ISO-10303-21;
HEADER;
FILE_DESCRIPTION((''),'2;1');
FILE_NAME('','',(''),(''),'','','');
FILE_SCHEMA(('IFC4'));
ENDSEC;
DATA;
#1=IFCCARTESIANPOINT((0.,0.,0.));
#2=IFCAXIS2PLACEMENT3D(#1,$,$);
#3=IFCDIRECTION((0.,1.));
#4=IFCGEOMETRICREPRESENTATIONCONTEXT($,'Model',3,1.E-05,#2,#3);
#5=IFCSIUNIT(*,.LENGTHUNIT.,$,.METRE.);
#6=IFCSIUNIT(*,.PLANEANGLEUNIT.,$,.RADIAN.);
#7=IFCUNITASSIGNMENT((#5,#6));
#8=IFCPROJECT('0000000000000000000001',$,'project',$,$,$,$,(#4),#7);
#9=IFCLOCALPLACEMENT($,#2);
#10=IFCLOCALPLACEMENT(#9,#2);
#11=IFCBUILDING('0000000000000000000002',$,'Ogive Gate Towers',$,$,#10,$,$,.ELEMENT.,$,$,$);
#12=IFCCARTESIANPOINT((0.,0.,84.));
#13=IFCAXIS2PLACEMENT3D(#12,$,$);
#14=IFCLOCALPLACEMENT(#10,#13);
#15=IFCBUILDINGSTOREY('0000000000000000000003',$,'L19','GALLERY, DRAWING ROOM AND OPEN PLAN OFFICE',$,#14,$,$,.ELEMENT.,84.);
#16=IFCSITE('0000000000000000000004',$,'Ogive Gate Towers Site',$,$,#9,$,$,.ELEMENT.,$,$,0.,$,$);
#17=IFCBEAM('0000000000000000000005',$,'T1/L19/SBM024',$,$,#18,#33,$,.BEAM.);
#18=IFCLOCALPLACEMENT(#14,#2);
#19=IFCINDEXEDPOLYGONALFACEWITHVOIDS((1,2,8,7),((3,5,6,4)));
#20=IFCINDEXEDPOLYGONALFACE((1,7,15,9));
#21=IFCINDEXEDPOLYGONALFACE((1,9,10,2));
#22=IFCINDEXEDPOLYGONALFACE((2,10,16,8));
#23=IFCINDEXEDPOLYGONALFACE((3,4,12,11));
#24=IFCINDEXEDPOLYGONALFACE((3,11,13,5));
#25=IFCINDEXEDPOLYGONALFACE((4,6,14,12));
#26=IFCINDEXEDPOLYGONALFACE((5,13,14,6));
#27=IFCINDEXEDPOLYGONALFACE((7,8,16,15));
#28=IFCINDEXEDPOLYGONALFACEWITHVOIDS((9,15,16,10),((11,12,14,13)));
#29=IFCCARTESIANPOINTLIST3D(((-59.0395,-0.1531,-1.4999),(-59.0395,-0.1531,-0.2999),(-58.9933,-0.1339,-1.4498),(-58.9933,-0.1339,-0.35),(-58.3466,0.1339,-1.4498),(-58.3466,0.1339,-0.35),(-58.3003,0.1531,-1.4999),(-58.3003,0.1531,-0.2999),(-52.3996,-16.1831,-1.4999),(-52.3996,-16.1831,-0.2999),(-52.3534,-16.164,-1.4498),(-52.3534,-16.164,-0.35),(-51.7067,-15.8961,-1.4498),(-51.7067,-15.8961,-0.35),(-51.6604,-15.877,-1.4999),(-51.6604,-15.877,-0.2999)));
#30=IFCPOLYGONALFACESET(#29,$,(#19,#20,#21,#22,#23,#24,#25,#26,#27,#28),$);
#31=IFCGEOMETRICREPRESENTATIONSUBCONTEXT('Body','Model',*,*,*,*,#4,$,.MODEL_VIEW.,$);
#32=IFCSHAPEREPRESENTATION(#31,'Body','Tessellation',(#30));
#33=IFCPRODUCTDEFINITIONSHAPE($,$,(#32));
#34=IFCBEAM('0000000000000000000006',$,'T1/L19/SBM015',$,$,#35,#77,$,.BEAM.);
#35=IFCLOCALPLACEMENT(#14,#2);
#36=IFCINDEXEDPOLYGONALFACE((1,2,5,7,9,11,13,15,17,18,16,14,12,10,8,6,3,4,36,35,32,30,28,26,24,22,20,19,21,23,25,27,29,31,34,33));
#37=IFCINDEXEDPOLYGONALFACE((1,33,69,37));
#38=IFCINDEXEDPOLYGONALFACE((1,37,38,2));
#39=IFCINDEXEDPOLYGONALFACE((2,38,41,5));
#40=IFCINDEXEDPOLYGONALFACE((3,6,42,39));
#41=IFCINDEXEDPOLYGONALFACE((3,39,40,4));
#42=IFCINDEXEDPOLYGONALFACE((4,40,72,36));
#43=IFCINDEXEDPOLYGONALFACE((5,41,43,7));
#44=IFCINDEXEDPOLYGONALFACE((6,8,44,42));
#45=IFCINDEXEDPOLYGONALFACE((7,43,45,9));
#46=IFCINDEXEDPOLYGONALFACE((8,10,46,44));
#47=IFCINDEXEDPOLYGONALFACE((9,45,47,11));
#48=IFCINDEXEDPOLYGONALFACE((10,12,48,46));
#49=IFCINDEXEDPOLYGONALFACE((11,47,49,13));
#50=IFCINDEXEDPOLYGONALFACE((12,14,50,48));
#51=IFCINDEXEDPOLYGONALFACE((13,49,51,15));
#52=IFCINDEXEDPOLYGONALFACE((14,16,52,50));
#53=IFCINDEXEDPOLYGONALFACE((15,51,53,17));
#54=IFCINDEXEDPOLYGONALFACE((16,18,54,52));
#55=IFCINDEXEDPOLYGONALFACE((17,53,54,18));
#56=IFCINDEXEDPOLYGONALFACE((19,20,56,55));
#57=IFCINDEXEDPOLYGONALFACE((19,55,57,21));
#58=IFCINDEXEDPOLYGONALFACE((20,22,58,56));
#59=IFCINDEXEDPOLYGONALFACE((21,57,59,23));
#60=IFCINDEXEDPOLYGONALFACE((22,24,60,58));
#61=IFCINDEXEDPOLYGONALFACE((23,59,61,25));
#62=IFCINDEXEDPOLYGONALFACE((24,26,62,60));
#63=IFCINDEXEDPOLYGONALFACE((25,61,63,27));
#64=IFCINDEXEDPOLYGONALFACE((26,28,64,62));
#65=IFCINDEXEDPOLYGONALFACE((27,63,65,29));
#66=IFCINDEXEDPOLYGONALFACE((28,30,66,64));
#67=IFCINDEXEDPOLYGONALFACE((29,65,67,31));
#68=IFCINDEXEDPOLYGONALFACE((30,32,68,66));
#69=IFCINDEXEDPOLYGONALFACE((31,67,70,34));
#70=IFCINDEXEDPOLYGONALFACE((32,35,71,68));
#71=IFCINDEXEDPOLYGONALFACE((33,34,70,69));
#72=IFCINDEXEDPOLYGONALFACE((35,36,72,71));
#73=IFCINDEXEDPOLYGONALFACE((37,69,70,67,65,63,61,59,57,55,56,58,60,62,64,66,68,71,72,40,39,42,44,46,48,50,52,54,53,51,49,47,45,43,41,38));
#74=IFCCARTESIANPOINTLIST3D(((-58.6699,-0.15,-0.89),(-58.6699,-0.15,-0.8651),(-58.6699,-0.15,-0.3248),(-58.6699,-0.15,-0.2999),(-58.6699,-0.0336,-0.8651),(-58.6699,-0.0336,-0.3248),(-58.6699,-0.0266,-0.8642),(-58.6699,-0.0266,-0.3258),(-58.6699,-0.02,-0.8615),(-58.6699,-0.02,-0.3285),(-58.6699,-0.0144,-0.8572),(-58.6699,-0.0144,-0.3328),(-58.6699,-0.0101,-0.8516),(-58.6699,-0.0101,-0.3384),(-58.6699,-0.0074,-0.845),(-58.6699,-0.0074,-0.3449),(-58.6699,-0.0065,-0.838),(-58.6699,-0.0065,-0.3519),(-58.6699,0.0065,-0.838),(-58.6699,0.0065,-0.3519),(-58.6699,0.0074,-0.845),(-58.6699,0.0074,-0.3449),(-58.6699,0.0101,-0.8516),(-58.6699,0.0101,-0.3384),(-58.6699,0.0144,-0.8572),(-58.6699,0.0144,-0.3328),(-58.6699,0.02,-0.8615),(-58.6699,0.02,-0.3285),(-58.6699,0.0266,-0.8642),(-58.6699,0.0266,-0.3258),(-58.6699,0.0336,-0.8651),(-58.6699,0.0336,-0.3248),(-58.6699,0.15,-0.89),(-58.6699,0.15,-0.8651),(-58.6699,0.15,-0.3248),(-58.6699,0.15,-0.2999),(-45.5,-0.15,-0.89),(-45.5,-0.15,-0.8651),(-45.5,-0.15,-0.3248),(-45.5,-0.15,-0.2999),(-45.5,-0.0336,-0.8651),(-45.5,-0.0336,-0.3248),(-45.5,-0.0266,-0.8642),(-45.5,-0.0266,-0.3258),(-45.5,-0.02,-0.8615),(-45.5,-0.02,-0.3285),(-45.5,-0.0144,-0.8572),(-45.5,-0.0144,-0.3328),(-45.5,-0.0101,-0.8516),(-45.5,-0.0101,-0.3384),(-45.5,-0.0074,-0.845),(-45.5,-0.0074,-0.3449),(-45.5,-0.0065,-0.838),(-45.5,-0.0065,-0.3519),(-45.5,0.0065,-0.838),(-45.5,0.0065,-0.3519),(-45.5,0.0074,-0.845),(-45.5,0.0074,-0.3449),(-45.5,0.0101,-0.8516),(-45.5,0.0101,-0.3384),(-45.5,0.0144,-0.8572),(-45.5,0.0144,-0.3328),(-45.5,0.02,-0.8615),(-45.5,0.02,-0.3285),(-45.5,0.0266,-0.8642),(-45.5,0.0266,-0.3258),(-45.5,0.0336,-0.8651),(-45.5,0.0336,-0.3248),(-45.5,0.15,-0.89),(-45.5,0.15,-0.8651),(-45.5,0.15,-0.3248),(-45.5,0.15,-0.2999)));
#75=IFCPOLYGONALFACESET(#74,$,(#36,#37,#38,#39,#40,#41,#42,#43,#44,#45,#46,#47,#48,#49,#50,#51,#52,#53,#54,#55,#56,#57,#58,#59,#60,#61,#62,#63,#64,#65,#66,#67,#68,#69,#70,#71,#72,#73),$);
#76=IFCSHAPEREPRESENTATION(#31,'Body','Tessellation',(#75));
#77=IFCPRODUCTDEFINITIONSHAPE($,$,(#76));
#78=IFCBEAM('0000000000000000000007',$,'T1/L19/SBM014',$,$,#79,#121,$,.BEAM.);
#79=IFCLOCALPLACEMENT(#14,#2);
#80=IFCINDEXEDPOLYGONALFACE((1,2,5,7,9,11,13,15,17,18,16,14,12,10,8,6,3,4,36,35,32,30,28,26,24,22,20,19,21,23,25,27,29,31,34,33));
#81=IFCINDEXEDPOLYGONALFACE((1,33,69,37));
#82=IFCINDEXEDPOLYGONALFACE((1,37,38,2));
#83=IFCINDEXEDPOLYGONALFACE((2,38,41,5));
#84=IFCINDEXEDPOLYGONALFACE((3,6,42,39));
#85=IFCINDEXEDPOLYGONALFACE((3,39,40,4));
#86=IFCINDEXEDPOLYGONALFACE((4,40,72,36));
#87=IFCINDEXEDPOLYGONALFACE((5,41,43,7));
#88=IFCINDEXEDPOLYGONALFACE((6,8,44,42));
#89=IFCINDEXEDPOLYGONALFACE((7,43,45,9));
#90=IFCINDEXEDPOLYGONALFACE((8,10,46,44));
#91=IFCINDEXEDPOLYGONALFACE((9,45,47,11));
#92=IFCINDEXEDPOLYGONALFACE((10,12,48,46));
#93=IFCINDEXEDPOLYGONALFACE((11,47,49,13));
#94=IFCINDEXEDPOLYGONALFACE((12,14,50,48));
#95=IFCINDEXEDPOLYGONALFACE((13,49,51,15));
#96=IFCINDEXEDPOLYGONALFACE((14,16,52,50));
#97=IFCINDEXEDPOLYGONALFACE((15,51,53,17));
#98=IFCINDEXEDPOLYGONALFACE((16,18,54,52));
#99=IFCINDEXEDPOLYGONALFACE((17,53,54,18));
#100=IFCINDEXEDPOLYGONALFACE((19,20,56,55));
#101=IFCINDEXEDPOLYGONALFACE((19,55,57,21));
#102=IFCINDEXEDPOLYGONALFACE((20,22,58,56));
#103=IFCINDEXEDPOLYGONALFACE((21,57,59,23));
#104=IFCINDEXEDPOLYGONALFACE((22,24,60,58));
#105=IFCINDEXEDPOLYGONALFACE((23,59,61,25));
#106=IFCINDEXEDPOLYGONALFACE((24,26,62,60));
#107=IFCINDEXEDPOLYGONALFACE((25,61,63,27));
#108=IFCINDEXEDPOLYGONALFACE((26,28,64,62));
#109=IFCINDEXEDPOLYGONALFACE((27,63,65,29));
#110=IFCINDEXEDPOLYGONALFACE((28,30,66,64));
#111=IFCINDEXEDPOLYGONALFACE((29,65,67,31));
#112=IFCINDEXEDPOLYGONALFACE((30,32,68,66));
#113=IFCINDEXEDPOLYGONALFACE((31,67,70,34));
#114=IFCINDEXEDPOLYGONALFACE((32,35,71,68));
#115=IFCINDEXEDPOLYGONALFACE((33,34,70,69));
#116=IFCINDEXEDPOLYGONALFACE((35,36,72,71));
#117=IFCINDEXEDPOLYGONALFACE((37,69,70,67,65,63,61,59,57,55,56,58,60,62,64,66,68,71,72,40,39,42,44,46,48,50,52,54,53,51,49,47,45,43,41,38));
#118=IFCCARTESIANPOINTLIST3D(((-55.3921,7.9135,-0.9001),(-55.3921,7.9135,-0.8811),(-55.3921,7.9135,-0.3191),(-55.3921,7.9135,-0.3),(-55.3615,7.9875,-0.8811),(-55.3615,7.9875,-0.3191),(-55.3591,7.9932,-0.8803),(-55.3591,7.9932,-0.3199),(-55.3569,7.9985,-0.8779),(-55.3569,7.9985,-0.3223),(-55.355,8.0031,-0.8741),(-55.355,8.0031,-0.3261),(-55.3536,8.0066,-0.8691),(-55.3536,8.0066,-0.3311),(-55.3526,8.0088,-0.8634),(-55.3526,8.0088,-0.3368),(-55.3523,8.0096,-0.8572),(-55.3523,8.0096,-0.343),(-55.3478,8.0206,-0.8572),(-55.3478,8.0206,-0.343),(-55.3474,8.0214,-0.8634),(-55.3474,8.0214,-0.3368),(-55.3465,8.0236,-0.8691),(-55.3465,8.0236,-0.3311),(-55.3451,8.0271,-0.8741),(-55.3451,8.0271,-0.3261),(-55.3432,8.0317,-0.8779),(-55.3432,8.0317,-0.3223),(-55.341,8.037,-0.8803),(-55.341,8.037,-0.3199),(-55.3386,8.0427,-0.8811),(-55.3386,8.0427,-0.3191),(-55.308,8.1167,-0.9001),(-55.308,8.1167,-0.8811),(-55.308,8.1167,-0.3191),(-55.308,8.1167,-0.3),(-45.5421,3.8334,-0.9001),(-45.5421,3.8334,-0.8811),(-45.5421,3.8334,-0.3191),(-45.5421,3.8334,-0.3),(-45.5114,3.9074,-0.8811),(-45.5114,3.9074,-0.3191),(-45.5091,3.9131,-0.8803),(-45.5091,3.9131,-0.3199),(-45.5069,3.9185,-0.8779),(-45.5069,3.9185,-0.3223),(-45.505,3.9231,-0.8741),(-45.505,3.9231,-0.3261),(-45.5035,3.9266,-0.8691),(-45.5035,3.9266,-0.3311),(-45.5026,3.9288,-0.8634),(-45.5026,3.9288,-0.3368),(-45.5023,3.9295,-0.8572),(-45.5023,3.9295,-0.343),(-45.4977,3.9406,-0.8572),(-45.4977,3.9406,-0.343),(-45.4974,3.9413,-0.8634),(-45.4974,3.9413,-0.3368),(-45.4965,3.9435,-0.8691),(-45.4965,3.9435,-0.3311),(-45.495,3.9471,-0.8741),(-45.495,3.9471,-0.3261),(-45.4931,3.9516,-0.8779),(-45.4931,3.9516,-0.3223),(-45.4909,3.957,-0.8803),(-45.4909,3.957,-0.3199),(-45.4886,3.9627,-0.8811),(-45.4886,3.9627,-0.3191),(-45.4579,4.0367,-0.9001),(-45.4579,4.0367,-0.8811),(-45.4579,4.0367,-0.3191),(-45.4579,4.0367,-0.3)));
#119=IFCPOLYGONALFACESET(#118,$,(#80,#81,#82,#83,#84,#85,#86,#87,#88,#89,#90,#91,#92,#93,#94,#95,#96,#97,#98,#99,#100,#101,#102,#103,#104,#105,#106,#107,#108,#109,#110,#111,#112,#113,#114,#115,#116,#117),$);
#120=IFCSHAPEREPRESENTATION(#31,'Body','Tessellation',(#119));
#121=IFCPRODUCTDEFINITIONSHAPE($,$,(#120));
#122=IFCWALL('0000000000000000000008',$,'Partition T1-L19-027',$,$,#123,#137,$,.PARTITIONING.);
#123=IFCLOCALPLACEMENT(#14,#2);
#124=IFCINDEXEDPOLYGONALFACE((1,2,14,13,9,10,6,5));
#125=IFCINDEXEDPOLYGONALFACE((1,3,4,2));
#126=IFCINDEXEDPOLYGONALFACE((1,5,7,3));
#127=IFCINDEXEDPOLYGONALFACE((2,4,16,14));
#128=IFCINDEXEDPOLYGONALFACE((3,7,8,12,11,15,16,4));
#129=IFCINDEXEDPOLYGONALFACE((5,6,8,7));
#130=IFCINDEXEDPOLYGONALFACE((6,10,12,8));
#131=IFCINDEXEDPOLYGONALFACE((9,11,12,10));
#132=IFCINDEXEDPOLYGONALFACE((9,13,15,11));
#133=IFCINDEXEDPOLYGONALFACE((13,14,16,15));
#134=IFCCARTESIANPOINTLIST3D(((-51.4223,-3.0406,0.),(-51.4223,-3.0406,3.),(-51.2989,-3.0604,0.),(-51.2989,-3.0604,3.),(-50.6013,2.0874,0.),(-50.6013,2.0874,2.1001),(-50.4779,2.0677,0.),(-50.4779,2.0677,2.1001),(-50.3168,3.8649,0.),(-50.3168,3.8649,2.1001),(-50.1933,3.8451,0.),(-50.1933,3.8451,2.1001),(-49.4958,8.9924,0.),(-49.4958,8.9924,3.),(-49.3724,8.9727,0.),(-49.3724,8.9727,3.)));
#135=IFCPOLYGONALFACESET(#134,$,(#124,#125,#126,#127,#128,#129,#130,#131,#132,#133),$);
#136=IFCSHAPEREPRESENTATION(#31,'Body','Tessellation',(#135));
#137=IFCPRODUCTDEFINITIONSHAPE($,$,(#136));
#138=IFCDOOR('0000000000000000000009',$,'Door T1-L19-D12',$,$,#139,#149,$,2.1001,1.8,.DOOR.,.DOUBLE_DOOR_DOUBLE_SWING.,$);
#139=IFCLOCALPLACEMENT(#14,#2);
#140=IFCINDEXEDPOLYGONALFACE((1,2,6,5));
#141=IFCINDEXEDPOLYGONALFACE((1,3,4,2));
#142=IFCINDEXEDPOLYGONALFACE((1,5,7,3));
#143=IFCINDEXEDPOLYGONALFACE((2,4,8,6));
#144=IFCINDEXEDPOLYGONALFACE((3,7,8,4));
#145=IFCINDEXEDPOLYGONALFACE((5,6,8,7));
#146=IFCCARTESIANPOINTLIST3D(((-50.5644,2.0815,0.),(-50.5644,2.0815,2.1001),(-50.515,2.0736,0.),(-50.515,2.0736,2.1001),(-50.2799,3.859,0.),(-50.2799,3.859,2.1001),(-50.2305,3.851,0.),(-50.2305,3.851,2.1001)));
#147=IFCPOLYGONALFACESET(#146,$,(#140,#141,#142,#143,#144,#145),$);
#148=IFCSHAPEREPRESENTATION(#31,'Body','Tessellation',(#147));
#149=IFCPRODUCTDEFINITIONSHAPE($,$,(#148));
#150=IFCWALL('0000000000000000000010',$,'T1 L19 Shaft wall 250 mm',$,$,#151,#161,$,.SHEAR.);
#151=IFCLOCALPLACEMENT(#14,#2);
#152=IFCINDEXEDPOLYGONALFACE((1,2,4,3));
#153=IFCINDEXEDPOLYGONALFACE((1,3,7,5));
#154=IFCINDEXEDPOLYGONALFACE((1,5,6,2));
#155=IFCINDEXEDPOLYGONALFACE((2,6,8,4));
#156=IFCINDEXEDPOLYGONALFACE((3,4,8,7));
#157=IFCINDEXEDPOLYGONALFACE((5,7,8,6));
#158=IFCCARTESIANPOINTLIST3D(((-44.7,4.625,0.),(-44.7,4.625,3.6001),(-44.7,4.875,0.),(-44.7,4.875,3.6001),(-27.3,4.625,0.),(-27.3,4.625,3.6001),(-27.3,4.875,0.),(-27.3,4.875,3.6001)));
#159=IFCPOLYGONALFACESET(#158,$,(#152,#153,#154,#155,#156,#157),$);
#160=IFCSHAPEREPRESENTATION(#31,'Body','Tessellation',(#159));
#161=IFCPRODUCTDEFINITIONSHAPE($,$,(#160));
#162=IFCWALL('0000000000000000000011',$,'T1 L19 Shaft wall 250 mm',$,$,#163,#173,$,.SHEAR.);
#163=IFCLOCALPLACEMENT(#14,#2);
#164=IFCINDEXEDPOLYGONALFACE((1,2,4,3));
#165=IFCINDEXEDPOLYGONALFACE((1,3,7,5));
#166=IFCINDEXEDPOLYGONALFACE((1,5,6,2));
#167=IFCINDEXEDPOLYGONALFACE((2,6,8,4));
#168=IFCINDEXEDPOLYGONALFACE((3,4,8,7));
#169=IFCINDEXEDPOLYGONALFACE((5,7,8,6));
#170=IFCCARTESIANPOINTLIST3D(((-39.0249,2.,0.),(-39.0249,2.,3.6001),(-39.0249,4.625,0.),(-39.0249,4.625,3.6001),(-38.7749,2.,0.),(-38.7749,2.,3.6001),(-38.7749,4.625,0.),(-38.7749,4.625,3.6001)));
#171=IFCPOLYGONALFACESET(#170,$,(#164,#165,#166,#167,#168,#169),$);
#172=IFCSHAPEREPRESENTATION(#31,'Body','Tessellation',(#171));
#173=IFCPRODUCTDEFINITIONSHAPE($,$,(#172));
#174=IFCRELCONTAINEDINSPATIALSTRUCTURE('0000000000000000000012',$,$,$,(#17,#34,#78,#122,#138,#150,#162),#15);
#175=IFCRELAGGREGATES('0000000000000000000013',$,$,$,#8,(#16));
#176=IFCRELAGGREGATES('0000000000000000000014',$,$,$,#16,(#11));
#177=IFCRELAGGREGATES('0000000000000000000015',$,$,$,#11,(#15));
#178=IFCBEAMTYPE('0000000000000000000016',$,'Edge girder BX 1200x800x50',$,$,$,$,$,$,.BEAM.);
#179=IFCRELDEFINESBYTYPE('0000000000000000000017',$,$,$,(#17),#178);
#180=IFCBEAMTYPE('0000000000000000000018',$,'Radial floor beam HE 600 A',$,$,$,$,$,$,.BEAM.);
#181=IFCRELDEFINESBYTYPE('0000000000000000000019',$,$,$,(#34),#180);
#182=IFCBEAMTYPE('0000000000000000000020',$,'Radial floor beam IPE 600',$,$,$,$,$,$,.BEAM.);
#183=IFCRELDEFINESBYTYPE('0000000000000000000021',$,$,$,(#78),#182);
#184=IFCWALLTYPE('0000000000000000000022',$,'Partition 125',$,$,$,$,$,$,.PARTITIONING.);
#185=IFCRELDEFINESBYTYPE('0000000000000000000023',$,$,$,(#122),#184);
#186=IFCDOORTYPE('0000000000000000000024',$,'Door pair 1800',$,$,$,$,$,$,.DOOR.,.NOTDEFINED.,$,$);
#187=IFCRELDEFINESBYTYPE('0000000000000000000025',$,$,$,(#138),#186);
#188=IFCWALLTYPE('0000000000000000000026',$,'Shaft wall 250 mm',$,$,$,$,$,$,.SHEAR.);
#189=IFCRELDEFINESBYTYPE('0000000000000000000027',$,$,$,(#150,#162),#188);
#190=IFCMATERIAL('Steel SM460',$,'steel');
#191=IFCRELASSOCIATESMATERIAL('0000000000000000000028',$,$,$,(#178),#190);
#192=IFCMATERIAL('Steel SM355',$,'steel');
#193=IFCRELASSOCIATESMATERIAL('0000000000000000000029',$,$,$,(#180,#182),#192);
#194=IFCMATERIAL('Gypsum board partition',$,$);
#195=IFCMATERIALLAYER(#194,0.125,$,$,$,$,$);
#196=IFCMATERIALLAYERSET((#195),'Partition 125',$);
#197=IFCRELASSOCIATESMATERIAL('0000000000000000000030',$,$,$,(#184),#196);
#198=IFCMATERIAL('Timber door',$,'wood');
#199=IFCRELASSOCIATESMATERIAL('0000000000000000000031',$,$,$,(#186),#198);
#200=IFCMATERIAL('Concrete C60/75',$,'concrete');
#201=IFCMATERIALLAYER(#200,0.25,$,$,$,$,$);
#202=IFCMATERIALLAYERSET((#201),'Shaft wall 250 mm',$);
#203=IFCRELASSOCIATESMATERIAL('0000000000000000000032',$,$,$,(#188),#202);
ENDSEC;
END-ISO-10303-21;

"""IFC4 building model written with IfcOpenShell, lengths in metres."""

from ifc_helpers import new_model, si_unit, direction, frame, frame_2d, origin, origin_2d, place, context, subcontext, project, spatial, rectangle, hollow_rectangle, i_section, extrude, material, layer, layer_set, material_profile, profile_set, type_object, element, fill, save


model = new_model("IFC4")

# Units and contexts
model_context = context("Model", 3, precision=1e-05, world=origin(), true_north=direction((0.0, 1.0)))
body_context = subcontext(model_context, "Body", "Model", "MODEL_VIEW")
ifc_project = project(units=[si_unit("LENGTHUNIT", "METRE"), si_unit("PLANEANGLEUNIT", "RADIAN")], contexts=[model_context])

# Site, building, storey
site_placement = place(None, origin())
site = spatial("IfcSite", under=ifc_project, at=site_placement, Name="Ogive Gate Towers Site", CompositionType="ELEMENT", RefElevation=0.0)
building_placement = place(site_placement, origin())
building = spatial("IfcBuilding", under=site, at=building_placement, Name="Ogive Gate Towers", CompositionType="ELEMENT")
storey_placement = place(building_placement, frame((0.0, 0.0, 84.0)))
storey = spatial("IfcBuildingStorey", under=building, at=storey_placement, Name="L19", Description="GALLERY, DRAWING ROOM AND OPEN PLAN OFFICE", CompositionType="ELEMENT", Elevation=84.0)

# Beams
ifc_material_1 = material(Name="Steel SM460", Category="steel")
ifc_material_profile_1 = material_profile(ifc_material_1, hollow_rectangle(XDim=0.8, YDim=1.2, WallThickness=0.05, at=origin_2d()), Name="BX 1200x800x50")
ifc_profile_set_1 = profile_set([ifc_material_profile_1], Name="Steel SM460")
beam_type_1 = type_object("IfcBeamType", Name="Edge girder BX 1200x800x50", PredefinedType="BEAM", material=ifc_profile_set_1)
beam_1_placement = place(storey_placement, frame((-58.6699, 0.0, -0.8999), z_axis=(0.382685, -0.923879, 0.0), x_axis=(0.923879, 0.382685, 0.0)))
element("IfcBeam", 1, at=beam_1_placement, inside=storey, type_object=beam_type_1, Name="T1/L19/SBM024", PredefinedType="BEAM", context=body_context, shape_type="SweptSolid", body=[
    extrude(hollow_rectangle(XDim=0.8, YDim=1.2, WallThickness=0.05, at=origin_2d()), origin(), (0.0, 0.0, 1.0), 17.3508),
])
ifc_material_2 = material(Name="Steel SM355", Category="steel")
ifc_material_profile_2 = material_profile(ifc_material_2, i_section(OverallWidth=0.3, OverallDepth=0.5901, WebThickness=0.0129, FlangeThickness=0.0249, FilletRadius=0.0271, at=origin_2d()), Name="HE 600 A")
ifc_profile_set_2 = profile_set([ifc_material_profile_2], Name="Steel SM355")
beam_type_2 = type_object("IfcBeamType", Name="Radial floor beam HE 600 A", PredefinedType="BEAM", material=ifc_profile_set_2)
beam_2_placement = place(storey_placement, frame((-45.5, 0.0, -0.595), z_axis=(-1.0, 0.0, 0.0), x_axis=(0.0, -1.0, 0.0)))
element("IfcBeam", 2, at=beam_2_placement, inside=storey, type_object=beam_type_2, Name="T1/L19/SBM015", PredefinedType="BEAM", context=body_context, shape_type="SweptSolid", body=[
    extrude(i_section(OverallWidth=0.3, OverallDepth=0.5901, WebThickness=0.0129, FlangeThickness=0.0249, FilletRadius=0.0271, at=origin_2d()), origin(), (0.0, 0.0, 1.0), 13.1699),
])
ifc_material_profile_3 = material_profile(ifc_material_2, i_section(OverallWidth=0.22, OverallDepth=0.6001, WebThickness=0.012, FlangeThickness=0.019, FilletRadius=0.0239, at=origin_2d()), Name="IPE 600")
ifc_profile_set_3 = profile_set([ifc_material_profile_3], Name="Steel SM355")
beam_type_3 = type_object("IfcBeamType", Name="Radial floor beam IPE 600", PredefinedType="BEAM", material=ifc_profile_set_3)
beam_3_placement = place(storey_placement, frame((-45.5, 3.9351, -0.6001), z_axis=(-0.923878, 0.382686, 0.0), x_axis=(-0.382686, -0.923878, 0.0)))
element("IfcBeam", 3, at=beam_3_placement, inside=storey, type_object=beam_type_3, Name="T1/L19/SBM014", PredefinedType="BEAM", context=body_context, shape_type="SweptSolid", body=[
    extrude(i_section(OverallWidth=0.22, OverallDepth=0.6001, WebThickness=0.012, FlangeThickness=0.019, FilletRadius=0.0239, at=origin_2d()), origin(), (0.0, 0.0, 1.0), 10.6616),
])

# Wall, opening, door
ifc_material_3 = material(Name="Gypsum board partition")
ifc_layer_1 = layer(ifc_material_3, 0.125)
ifc_layer_set_1 = layer_set([ifc_layer_1], Name="Partition 125")
wall_type_1 = type_object("IfcWallType", Name="Partition 125", PredefinedType="PARTITIONING", material=ifc_layer_set_1)
wall_1_placement = place(storey_placement, frame((-49.4341, 8.9827, 0.0), z_axis=(0.0, 0.0, 1.0), x_axis=(-0.15809, -0.987425, 0.0)))
wall_1 = element("IfcWall", 4, at=wall_1_placement, inside=storey, type_object=wall_type_1, Name="Partition T1-L19-027", PredefinedType="PARTITIONING", context=body_context, shape_type="SweptSolid", body=[
    extrude(rectangle(XDim=12.1863, YDim=0.125, at=frame_2d((6.0933, 0.0))), origin(), (0.0, 0.0, 1.0), 3.0),
])
opening_1_placement = place(wall_1_placement, frame((5.1931, 0.0, 0.0)))
opening_1 = element("IfcOpeningElement", 5, at=opening_1_placement, cuts=wall_1, PredefinedType="OPENING", context=body_context, shape_type="SweptSolid", body=[
    extrude(rectangle(XDim=1.8, YDim=2.1001, at=frame_2d((0.8999, 1.05))), frame((0.0, 0.0725, 0.0), z_axis=(0.0, -1.0, 0.0), x_axis=(1.0, 0.0, 0.0)), (0.0, 0.0, 1.0), 0.145),
])
ifc_material_4 = material(Name="Timber door", Category="wood")
door_type_1 = type_object("IfcDoorType", Name="Door pair 1800", OperationType="NOTDEFINED", PredefinedType="DOOR", material=ifc_material_4)
door_1_placement = place(opening_1_placement, origin())
door_1 = element("IfcDoor", 6, at=door_1_placement, inside=storey, type_object=door_type_1, Name="Door T1-L19-D12", OperationType="DOUBLE_DOOR_DOUBLE_SWING", OverallHeight=2.1001, OverallWidth=1.8, PredefinedType="DOOR", context=body_context, shape_type="SweptSolid", body=[
    extrude(rectangle(XDim=1.8, YDim=2.1001, at=frame_2d((0.8999, 1.05))), frame((0.0, 0.0249, 0.0), z_axis=(0.0, -1.0, 0.0), x_axis=(1.0, 0.0, 0.0)), (0.0, 0.0, 1.0), 0.05),
])
fill(opening_1, door_1)

# Walls
ifc_material_5 = material(Name="Concrete C60/75", Category="concrete")
ifc_layer_2 = layer(ifc_material_5, 0.25)
ifc_layer_set_2 = layer_set([ifc_layer_2], Name="Shaft wall 250 mm")
wall_type_2 = type_object("IfcWallType", Name="Shaft wall 250 mm", PredefinedType="SHEAR", material=ifc_layer_set_2)
wall_2_placement = place(storey_placement, frame((-44.7, 4.75, 0.0), z_axis=(0.0, 0.0, 1.0), x_axis=(1.0, 0.0, 0.0)))
element("IfcWall", 7, at=wall_2_placement, inside=storey, type_object=wall_type_2, Name="T1 L19 Shaft wall 250 mm", PredefinedType="SHEAR", context=body_context, shape_type="SweptSolid", body=[
    extrude(rectangle(XDim=17.3999, YDim=0.25, at=frame_2d((8.7, 0.0))), origin(), (0.0, 0.0, 1.0), 3.6001),
])
wall_3_placement = place(storey_placement, frame((-38.8999, 2.0, 0.0), z_axis=(0.0, 0.0, 1.0), x_axis=(0.0, 1.0, 0.0)))
element("IfcWall", 8, at=wall_3_placement, inside=storey, type_object=wall_type_2, Name="T1 L19 Shaft wall 250 mm", PredefinedType="SHEAR", context=body_context, shape_type="SweptSolid", body=[
    extrude(rectangle(XDim=2.625, YDim=0.25, at=frame_2d((1.3125, 0.0))), origin(), (0.0, 0.0, 1.0), 3.6001),
])

save(model, "model.ifc")
